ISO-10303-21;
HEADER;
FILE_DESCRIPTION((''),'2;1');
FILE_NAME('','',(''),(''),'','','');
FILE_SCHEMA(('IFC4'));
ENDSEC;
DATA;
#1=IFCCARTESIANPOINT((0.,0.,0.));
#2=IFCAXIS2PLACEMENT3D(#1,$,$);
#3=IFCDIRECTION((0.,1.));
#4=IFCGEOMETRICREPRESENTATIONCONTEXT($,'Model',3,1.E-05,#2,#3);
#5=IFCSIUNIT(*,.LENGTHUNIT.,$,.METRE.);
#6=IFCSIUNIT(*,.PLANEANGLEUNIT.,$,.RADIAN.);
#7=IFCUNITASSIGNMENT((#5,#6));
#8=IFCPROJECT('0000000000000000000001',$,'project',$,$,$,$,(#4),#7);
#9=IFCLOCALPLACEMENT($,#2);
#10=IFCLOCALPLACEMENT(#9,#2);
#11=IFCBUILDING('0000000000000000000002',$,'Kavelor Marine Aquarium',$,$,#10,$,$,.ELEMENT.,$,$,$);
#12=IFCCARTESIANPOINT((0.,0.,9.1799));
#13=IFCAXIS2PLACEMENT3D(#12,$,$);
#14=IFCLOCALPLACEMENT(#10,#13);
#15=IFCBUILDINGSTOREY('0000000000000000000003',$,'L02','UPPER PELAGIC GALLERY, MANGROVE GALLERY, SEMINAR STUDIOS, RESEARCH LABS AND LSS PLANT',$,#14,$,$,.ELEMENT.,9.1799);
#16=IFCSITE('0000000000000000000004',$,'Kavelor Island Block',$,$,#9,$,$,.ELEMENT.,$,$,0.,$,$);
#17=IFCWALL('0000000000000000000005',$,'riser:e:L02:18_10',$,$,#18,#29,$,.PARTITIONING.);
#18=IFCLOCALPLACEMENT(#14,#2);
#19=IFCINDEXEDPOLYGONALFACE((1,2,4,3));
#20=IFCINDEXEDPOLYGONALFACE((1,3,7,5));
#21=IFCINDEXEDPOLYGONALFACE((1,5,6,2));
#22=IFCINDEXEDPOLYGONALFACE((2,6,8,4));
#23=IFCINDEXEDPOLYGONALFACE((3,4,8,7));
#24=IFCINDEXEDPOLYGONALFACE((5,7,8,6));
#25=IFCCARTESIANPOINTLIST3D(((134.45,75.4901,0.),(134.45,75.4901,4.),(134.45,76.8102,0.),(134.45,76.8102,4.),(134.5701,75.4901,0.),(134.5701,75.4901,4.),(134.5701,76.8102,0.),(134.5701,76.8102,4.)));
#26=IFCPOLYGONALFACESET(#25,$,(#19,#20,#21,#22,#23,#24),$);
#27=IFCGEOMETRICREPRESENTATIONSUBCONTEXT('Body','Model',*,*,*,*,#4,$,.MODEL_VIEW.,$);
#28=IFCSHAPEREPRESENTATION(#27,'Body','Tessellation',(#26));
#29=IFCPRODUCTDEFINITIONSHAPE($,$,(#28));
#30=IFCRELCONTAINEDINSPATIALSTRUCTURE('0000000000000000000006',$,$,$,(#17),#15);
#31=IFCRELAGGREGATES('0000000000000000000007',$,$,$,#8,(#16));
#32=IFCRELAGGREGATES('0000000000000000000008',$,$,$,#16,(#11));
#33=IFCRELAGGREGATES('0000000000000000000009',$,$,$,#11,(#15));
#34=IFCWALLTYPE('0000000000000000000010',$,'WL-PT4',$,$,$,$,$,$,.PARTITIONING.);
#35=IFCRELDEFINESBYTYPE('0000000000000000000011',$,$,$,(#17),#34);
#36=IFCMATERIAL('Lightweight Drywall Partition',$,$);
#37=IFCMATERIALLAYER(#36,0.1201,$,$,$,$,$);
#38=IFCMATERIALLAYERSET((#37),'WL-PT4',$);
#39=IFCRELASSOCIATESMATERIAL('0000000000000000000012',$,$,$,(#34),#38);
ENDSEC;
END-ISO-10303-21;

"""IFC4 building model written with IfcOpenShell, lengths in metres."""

from ifc_helpers import new_model, si_unit, direction, frame, frame_2d, origin, place, context, subcontext, project, spatial, rectangle, extrude, material, layer, layer_set, type_object, element, save


model = new_model("IFC4")

# Units and contexts
model_context = context("Model", 3, precision=1e-05, world=origin(), true_north=direction((0.0, 1.0)))
body_context = subcontext(model_context, "Body", "Model", "MODEL_VIEW")
ifc_project = project(units=[si_unit("LENGTHUNIT", "METRE"), si_unit("PLANEANGLEUNIT", "RADIAN")], contexts=[model_context])

# Site, building, storey
site_placement = place(None, origin())
site = spatial("IfcSite", under=ifc_project, at=site_placement, Name="Kavelor Island Block", CompositionType="ELEMENT", RefElevation=0.0)
building_placement = place(site_placement, origin())
building = spatial("IfcBuilding", under=site, at=building_placement, Name="Kavelor Marine Aquarium", CompositionType="ELEMENT")
storey_placement = place(building_placement, frame((0.0, 0.0, 9.1799)))
storey = spatial("IfcBuildingStorey", under=building, at=storey_placement, Name="L02", Description="UPPER PELAGIC GALLERY, MANGROVE GALLERY, SEMINAR STUDIOS, RESEARCH LABS AND LSS PLANT", CompositionType="ELEMENT", Elevation=9.1799)

# Wall
ifc_material_1 = material(Name="Lightweight Drywall Partition")
ifc_layer_1 = layer(ifc_material_1, 0.1201)
ifc_layer_set_1 = layer_set([ifc_layer_1], Name="WL-PT4")
wall_type_1 = type_object("IfcWallType", Name="WL-PT4", PredefinedType="PARTITIONING", material=ifc_layer_set_1)
for number, where, z_axis, x_axis, name in (
    (1, (134.51, 75.49, 0.0), (0.0, 0.0, 1.0), (0.0, 1.0, 0.0), "riser:e:L02:18_10"),
):
    element("IfcWall", number, at=place(storey_placement, frame(where, z_axis=z_axis, x_axis=x_axis)), inside=storey, type_object=wall_type_1, Name=name, PredefinedType="PARTITIONING", context=body_context, shape_type="SweptSolid", body=[
        extrude(rectangle(XDim=1.3201, YDim=0.1201, at=frame_2d((0.6602, 0.0))), origin(), (0.0, 0.0, 1.0), 4.0),
    ])

save(model, "model.ifc")
